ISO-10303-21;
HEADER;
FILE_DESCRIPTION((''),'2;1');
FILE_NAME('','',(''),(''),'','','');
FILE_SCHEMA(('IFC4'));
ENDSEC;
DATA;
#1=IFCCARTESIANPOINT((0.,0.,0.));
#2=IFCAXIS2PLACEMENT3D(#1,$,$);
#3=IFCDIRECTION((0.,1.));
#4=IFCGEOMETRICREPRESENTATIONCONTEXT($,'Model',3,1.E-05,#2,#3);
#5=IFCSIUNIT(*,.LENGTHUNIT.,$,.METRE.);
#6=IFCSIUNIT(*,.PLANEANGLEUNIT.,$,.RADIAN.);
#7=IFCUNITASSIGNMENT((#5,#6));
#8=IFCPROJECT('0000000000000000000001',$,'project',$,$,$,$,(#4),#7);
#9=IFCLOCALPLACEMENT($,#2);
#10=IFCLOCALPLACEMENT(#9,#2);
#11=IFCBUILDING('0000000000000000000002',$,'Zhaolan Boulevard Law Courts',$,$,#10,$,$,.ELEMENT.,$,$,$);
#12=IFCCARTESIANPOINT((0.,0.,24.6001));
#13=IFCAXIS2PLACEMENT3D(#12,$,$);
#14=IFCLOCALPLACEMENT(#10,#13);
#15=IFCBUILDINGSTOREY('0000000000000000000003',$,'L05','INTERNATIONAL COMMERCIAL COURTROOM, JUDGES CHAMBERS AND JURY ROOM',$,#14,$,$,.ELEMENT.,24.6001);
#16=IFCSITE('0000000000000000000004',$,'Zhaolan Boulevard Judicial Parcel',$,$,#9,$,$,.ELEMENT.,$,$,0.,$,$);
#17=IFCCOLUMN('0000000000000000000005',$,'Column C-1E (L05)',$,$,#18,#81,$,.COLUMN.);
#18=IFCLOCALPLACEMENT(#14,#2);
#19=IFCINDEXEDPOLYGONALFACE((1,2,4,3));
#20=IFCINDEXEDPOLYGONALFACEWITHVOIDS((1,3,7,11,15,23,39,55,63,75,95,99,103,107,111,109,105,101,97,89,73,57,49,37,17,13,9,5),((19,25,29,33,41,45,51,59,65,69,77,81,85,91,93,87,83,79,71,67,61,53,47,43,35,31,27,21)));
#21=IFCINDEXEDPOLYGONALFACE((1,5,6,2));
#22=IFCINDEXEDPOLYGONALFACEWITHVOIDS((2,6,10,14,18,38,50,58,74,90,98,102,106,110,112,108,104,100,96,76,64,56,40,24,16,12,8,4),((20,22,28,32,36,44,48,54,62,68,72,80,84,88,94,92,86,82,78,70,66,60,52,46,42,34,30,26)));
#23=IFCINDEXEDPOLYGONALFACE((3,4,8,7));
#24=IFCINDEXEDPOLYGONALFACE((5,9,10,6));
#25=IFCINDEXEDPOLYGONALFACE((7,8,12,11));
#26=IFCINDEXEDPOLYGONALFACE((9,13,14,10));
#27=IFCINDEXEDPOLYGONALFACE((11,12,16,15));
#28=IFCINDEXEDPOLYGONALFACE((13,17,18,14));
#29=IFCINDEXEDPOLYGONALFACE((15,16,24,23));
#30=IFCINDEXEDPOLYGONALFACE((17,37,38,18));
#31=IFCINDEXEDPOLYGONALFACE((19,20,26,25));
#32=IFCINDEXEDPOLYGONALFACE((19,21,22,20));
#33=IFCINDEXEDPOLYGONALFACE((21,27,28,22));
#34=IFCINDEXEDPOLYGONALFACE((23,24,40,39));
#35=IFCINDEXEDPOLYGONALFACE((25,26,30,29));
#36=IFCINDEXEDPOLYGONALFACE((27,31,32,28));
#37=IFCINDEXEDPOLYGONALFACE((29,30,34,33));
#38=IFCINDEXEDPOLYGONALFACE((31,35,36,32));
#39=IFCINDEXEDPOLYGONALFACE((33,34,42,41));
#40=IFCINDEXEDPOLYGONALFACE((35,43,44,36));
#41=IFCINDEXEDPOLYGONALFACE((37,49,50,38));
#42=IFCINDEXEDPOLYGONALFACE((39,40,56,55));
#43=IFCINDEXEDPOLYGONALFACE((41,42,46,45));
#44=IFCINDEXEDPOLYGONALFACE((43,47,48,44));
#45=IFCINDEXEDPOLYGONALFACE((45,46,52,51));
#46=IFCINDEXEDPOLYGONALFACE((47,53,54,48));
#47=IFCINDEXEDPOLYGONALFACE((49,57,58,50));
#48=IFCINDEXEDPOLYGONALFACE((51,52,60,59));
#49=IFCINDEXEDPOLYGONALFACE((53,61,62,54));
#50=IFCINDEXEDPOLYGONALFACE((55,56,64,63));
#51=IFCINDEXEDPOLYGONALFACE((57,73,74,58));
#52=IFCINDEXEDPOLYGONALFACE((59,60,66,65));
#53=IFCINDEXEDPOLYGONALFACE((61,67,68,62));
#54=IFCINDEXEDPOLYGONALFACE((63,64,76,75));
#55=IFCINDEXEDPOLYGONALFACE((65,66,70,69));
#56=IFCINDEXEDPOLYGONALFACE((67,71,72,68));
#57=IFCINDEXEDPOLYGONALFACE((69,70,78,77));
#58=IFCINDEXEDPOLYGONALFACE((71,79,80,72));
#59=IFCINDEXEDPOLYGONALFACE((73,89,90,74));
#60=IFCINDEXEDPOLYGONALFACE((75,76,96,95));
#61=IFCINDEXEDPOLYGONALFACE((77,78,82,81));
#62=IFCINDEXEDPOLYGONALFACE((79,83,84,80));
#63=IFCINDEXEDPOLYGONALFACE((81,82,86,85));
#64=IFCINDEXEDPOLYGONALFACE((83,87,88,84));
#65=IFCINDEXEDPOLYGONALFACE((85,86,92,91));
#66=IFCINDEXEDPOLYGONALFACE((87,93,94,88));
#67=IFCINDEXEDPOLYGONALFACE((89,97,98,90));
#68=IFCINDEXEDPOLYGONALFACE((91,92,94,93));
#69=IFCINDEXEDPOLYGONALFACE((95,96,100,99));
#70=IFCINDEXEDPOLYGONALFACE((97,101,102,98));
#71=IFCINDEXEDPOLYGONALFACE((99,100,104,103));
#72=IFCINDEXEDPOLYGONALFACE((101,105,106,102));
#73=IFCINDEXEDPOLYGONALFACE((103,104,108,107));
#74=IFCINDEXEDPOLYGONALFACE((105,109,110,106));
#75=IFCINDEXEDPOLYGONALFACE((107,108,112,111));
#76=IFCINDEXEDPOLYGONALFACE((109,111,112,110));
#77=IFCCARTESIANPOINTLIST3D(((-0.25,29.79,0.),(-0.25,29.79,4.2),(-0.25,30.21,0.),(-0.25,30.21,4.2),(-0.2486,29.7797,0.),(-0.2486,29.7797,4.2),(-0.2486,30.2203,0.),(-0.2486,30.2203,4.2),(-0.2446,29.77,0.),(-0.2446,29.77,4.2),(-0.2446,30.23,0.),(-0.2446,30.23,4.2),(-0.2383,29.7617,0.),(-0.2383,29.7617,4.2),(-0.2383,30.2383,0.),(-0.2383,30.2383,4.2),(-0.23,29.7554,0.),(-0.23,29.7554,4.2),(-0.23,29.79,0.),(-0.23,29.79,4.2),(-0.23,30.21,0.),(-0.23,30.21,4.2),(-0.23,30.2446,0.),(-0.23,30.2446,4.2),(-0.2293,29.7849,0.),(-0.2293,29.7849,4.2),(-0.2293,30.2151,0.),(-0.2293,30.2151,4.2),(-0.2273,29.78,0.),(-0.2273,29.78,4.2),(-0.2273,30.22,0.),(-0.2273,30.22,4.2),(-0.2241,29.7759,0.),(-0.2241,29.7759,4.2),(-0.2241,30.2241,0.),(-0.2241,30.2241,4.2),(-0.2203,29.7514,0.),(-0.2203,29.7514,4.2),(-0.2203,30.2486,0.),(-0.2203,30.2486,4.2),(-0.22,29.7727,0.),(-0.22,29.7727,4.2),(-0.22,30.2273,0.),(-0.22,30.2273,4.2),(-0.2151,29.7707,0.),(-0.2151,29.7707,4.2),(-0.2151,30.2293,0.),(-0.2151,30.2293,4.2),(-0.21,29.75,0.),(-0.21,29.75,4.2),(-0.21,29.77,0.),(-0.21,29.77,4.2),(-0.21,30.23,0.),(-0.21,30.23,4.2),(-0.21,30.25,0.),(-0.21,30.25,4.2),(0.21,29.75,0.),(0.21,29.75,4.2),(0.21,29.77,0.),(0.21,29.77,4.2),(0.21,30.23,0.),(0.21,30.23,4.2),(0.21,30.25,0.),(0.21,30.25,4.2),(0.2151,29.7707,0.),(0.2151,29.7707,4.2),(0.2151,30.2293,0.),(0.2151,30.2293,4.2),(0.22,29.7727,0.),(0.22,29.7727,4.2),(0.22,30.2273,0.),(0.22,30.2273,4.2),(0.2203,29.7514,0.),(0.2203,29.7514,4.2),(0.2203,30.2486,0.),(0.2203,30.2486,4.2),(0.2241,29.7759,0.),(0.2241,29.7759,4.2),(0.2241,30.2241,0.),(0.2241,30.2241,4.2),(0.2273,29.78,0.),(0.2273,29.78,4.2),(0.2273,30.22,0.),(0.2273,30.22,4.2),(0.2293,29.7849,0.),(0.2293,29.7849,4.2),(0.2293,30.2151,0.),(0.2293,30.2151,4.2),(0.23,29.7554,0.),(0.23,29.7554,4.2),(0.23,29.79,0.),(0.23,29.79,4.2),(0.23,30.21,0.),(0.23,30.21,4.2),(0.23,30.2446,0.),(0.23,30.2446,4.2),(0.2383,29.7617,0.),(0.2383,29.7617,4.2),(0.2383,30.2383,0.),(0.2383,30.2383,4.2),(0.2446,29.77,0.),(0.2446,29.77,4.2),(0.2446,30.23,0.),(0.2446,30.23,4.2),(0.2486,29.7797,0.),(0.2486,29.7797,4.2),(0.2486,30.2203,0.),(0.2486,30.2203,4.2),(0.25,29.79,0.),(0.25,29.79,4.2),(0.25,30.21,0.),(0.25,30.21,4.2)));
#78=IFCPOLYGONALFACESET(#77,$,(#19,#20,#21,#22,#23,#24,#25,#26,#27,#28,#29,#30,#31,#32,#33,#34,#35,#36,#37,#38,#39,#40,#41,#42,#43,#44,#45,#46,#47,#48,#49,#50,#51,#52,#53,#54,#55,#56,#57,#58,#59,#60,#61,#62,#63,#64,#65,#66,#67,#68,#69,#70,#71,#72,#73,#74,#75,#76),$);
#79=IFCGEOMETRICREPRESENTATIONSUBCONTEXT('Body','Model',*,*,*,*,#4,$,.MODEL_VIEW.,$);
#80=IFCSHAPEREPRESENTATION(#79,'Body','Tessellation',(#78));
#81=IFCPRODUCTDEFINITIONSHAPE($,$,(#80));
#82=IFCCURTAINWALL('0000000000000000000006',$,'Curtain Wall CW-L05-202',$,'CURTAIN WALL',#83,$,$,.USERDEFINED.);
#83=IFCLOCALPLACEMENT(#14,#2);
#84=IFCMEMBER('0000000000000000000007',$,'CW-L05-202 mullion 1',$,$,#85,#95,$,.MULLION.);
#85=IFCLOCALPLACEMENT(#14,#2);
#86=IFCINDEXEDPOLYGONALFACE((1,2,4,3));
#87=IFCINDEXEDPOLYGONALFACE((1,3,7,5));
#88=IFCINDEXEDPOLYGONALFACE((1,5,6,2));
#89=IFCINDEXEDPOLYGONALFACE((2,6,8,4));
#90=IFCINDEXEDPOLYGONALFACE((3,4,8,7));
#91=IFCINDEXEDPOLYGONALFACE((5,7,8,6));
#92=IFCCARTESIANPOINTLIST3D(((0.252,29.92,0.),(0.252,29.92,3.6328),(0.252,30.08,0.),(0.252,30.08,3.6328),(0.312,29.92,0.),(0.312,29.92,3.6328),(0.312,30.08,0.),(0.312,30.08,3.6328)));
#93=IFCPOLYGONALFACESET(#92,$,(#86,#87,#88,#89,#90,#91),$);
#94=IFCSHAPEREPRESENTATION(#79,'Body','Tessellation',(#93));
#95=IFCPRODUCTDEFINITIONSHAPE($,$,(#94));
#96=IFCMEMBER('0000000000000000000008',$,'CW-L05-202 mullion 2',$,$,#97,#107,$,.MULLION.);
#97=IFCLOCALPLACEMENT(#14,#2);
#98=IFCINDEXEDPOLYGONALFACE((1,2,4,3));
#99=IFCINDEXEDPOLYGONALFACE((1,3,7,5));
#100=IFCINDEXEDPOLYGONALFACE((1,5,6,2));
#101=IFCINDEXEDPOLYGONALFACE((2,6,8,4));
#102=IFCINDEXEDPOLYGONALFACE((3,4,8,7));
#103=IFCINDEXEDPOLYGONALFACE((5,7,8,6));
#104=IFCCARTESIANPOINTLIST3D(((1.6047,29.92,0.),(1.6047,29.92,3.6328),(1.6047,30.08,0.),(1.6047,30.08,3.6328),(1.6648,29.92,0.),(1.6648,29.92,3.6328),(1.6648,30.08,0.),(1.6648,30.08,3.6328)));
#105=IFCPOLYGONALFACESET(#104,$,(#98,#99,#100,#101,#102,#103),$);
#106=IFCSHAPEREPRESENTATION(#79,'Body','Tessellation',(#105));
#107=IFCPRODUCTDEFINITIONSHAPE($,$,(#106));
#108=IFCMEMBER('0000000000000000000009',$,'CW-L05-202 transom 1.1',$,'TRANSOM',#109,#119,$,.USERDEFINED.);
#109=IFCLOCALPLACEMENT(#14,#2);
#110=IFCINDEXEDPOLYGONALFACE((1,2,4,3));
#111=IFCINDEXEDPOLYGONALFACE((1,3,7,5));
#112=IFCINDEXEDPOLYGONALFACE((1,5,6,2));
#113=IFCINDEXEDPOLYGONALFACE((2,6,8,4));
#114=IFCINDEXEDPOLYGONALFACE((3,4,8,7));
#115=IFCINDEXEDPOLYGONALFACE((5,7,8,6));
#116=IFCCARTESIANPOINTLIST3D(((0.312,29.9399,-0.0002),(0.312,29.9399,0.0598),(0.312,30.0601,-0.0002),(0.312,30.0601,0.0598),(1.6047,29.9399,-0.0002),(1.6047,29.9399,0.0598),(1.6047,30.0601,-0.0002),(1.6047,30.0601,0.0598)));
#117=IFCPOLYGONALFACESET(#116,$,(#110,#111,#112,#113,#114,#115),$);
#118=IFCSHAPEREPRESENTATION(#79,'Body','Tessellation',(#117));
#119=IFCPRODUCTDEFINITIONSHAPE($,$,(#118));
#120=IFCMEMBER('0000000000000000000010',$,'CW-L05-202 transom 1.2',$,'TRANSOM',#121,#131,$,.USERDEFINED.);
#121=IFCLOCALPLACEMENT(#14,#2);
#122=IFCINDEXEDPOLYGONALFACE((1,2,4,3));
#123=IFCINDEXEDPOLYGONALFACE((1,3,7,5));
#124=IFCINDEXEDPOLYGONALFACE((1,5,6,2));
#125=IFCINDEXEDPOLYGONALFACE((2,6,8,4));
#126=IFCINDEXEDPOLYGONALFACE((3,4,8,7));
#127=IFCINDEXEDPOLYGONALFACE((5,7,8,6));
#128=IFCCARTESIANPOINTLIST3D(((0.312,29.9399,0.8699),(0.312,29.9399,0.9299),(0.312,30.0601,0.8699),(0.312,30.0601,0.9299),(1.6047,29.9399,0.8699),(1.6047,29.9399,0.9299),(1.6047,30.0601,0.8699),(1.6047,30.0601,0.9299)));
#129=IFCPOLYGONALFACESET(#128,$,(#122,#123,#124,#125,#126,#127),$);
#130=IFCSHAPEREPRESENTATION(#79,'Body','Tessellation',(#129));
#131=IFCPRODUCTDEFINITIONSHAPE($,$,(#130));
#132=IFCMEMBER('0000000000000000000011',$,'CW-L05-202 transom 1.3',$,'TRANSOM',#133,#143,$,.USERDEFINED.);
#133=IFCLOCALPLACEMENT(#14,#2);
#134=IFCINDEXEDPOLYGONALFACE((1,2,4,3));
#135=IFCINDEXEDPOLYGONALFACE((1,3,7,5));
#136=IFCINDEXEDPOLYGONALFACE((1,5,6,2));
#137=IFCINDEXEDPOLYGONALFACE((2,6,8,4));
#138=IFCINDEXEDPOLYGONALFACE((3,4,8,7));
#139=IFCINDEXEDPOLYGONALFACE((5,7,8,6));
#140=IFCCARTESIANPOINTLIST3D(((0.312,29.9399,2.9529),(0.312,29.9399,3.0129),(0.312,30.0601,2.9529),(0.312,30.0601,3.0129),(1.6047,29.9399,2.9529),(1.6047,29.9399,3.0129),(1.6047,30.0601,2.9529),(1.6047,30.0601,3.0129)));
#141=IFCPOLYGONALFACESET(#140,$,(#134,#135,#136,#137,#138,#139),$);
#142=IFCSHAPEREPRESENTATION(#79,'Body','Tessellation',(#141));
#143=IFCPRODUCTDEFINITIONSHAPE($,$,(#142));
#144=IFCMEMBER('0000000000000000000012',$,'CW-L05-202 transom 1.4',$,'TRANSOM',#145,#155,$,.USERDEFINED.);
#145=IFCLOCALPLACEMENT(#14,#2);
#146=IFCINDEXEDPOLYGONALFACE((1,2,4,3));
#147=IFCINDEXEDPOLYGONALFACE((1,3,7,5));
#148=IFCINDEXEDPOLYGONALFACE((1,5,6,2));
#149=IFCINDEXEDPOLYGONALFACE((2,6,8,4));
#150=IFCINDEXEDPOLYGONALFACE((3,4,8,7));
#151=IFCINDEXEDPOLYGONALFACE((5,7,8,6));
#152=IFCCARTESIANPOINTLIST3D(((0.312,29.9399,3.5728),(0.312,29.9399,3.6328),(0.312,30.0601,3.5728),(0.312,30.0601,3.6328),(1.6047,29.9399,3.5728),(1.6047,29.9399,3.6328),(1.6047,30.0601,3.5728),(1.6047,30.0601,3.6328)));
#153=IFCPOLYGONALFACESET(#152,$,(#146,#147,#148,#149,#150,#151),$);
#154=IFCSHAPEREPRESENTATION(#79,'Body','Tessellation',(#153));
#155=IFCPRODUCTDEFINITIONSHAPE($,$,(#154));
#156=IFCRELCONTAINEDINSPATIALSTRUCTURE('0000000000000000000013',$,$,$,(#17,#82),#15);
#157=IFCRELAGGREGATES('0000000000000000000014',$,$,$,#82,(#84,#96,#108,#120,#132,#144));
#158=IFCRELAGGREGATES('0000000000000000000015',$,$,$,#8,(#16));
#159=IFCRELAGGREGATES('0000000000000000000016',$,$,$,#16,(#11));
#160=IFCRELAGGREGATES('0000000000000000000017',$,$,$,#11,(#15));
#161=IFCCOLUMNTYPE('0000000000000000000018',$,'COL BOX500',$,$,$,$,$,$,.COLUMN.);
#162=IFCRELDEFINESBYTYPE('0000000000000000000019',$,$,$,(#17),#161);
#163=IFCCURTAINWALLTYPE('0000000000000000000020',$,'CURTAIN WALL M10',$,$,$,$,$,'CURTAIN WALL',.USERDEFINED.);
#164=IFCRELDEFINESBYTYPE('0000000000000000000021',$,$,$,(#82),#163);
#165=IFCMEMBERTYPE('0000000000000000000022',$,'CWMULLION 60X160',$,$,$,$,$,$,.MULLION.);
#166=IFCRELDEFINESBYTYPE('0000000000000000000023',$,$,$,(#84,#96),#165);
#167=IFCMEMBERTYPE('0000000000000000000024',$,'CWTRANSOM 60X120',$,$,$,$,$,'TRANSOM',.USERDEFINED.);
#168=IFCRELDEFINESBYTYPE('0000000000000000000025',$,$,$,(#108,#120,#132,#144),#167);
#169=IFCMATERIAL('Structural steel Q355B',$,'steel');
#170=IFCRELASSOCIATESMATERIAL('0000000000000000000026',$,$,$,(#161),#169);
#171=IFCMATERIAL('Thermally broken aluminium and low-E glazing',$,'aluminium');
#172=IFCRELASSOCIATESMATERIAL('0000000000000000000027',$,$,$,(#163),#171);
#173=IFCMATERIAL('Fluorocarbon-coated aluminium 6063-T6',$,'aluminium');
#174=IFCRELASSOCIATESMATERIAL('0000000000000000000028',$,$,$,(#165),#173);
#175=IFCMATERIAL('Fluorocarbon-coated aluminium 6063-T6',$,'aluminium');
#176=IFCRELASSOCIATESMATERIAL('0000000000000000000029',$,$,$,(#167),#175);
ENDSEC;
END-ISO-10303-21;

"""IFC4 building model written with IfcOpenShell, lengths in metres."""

from ifc_helpers import new_model, si_unit, direction, frame, origin, origin_2d, place, context, subcontext, project, spatial, rectangle, hollow_rectangle, extrude, material, material_profile, profile_set, type_object, element, aggregate, save


model = new_model("IFC4")

# Units and contexts
model_context = context("Model", 3, precision=1e-05, world=origin(), true_north=direction((0.0, 1.0)))
body_context = subcontext(model_context, "Body", "Model", "MODEL_VIEW")
ifc_project = project(units=[si_unit("LENGTHUNIT", "METRE"), si_unit("PLANEANGLEUNIT", "RADIAN")], contexts=[model_context])

# Site, building, storey
site_placement = place(None, origin())
site = spatial("IfcSite", under=ifc_project, at=site_placement, Name="Zhaolan Boulevard Judicial Parcel", CompositionType="ELEMENT", RefElevation=0.0)
building_placement = place(site_placement, origin())
building = spatial("IfcBuilding", under=site, at=building_placement, Name="Zhaolan Boulevard Law Courts", CompositionType="ELEMENT")
storey_placement = place(building_placement, frame((0.0, 0.0, 24.6001)))
storey = spatial("IfcBuildingStorey", under=building, at=storey_placement, Name="L05", Description="INTERNATIONAL COMMERCIAL COURTROOM, JUDGES CHAMBERS AND JURY ROOM", CompositionType="ELEMENT", Elevation=24.6001)

# Column
ifc_material_1 = material(Name="Structural steel Q355B", Category="steel")
ifc_material_profile_1 = material_profile(ifc_material_1, hollow_rectangle(XDim=0.5, YDim=0.5, WallThickness=0.02, InnerFilletRadius=0.02, OuterFilletRadius=0.04, at=origin_2d()), Name="BOX500x500x20")
ifc_profile_set_1 = profile_set([ifc_material_profile_1], Name="Structural steel Q355B")
column_type = type_object("IfcColumnType", Name="COL BOX500", PredefinedType="COLUMN", material=ifc_profile_set_1)
column_placement = place(storey_placement, frame((0.0, 30.0, 0.0), z_axis=(0.0, 0.0, 1.0), x_axis=(1.0, 0.0, 0.0)))
element("IfcColumn", 1, at=column_placement, inside=storey, type_object=column_type, Name="Column C-1E (L05)", PredefinedType="COLUMN", context=body_context, shape_type="SweptSolid", body=[
    extrude(hollow_rectangle(XDim=0.5, YDim=0.5, WallThickness=0.02, InnerFilletRadius=0.02, OuterFilletRadius=0.04, at=origin_2d()), origin(), (0.0, 0.0, 1.0), 4.2),
])

# Curtain wall, members
ifc_material_2 = material(Name="Thermally broken aluminium and low-E glazing", Category="aluminium")
curtain_wall_type = type_object("IfcCurtainWallType", Name="CURTAIN WALL M10", ElementType="CURTAIN WALL", PredefinedType="USERDEFINED", material=ifc_material_2)
curtain_wall_placement = place(storey_placement, origin())
curtain_wall = element("IfcCurtainWall", 2, at=curtain_wall_placement, inside=storey, type_object=curtain_wall_type, Name="Curtain Wall CW-L05-202", ObjectType="CURTAIN WALL", PredefinedType="USERDEFINED")
ifc_material_3 = material(Name="Fluorocarbon-coated aluminium 6063-T6", Category="aluminium")
ifc_material_profile_2 = material_profile(ifc_material_3, rectangle(XDim=0.1599, YDim=0.0601, at=origin_2d()), Name="AL60x160")
ifc_profile_set_2 = profile_set([ifc_material_profile_2], Name="Fluorocarbon-coated aluminium 6063-T6")
member_type_1 = type_object("IfcMemberType", Name="CWMULLION 60X160", PredefinedType="MULLION", material=ifc_profile_set_2)
member_1_placement = place(storey_placement, frame((0.282, 30.0, 0.0), z_axis=(0.0, 0.0, 1.0), x_axis=(0.0, 1.0, 0.0)))
member_1 = element("IfcMember", 3, at=member_1_placement, type_object=member_type_1, Name="CW-L05-202 mullion 1", PredefinedType="MULLION", context=body_context, shape_type="SweptSolid", body=[
    extrude(rectangle(XDim=0.1599, YDim=0.0601, at=origin_2d()), origin(), (0.0, 0.0, 1.0), 3.6328),
])
member_2_placement = place(storey_placement, frame((1.6348, 30.0, 0.0), z_axis=(0.0, 0.0, 1.0), x_axis=(0.0, 1.0, 0.0)))
member_2 = element("IfcMember", 4, at=member_2_placement, type_object=member_type_1, Name="CW-L05-202 mullion 2", PredefinedType="MULLION", context=body_context, shape_type="SweptSolid", body=[
    extrude(rectangle(XDim=0.1599, YDim=0.0601, at=origin_2d()), origin(), (0.0, 0.0, 1.0), 3.6328),
])
ifc_material_4 = material(Name="Fluorocarbon-coated aluminium 6063-T6", Category="aluminium")
ifc_material_profile_3 = material_profile(ifc_material_4, rectangle(XDim=0.1201, YDim=0.0601, at=origin_2d()), Name="AL60x120")
ifc_profile_set_3 = profile_set([ifc_material_profile_3], Name="Fluorocarbon-coated aluminium 6063-T6")
member_type_2 = type_object("IfcMemberType", Name="CWTRANSOM 60X120", ElementType="TRANSOM", PredefinedType="USERDEFINED", material=ifc_profile_set_3)
member_3_placement = place(storey_placement, frame((0.312, 30.0, 0.0298), z_axis=(1.0, 0.0, 0.0), x_axis=(0.0, 1.0, 0.0)))
member_3 = element("IfcMember", 5, at=member_3_placement, type_object=member_type_2, Name="CW-L05-202 transom 1.1", ObjectType="TRANSOM", PredefinedType="USERDEFINED", context=body_context, shape_type="SweptSolid", body=[
    extrude(rectangle(XDim=0.1201, YDim=0.0601, at=origin_2d()), origin(), (0.0, 0.0, 1.0), 1.2927),
])
member_4_placement = place(storey_placement, frame((0.312, 30.0, 0.8999), z_axis=(1.0, 0.0, 0.0), x_axis=(0.0, 1.0, 0.0)))
member_4 = element("IfcMember", 6, at=member_4_placement, type_object=member_type_2, Name="CW-L05-202 transom 1.2", ObjectType="TRANSOM", PredefinedType="USERDEFINED", context=body_context, shape_type="SweptSolid", body=[
    extrude(rectangle(XDim=0.1201, YDim=0.0601, at=origin_2d()), origin(), (0.0, 0.0, 1.0), 1.2927),
])
member_5_placement = place(storey_placement, frame((0.312, 30.0, 2.9829), z_axis=(1.0, 0.0, 0.0), x_axis=(0.0, 1.0, 0.0)))
member_5 = element("IfcMember", 7, at=member_5_placement, type_object=member_type_2, Name="CW-L05-202 transom 1.3", ObjectType="TRANSOM", PredefinedType="USERDEFINED", context=body_context, shape_type="SweptSolid", body=[
    extrude(rectangle(XDim=0.1201, YDim=0.0601, at=origin_2d()), origin(), (0.0, 0.0, 1.0), 1.2927),
])
member_6_placement = place(storey_placement, frame((0.312, 30.0, 3.6028), z_axis=(1.0, 0.0, 0.0), x_axis=(0.0, 1.0, 0.0)))
member_6 = element("IfcMember", 8, at=member_6_placement, type_object=member_type_2, Name="CW-L05-202 transom 1.4", ObjectType="TRANSOM", PredefinedType="USERDEFINED", context=body_context, shape_type="SweptSolid", body=[
    extrude(rectangle(XDim=0.1201, YDim=0.0601, at=origin_2d()), origin(), (0.0, 0.0, 1.0), 1.2927),
])

aggregate(curtain_wall, [member_1, member_2, member_3, member_4, member_5, member_6])

save(model, "model.ifc")
